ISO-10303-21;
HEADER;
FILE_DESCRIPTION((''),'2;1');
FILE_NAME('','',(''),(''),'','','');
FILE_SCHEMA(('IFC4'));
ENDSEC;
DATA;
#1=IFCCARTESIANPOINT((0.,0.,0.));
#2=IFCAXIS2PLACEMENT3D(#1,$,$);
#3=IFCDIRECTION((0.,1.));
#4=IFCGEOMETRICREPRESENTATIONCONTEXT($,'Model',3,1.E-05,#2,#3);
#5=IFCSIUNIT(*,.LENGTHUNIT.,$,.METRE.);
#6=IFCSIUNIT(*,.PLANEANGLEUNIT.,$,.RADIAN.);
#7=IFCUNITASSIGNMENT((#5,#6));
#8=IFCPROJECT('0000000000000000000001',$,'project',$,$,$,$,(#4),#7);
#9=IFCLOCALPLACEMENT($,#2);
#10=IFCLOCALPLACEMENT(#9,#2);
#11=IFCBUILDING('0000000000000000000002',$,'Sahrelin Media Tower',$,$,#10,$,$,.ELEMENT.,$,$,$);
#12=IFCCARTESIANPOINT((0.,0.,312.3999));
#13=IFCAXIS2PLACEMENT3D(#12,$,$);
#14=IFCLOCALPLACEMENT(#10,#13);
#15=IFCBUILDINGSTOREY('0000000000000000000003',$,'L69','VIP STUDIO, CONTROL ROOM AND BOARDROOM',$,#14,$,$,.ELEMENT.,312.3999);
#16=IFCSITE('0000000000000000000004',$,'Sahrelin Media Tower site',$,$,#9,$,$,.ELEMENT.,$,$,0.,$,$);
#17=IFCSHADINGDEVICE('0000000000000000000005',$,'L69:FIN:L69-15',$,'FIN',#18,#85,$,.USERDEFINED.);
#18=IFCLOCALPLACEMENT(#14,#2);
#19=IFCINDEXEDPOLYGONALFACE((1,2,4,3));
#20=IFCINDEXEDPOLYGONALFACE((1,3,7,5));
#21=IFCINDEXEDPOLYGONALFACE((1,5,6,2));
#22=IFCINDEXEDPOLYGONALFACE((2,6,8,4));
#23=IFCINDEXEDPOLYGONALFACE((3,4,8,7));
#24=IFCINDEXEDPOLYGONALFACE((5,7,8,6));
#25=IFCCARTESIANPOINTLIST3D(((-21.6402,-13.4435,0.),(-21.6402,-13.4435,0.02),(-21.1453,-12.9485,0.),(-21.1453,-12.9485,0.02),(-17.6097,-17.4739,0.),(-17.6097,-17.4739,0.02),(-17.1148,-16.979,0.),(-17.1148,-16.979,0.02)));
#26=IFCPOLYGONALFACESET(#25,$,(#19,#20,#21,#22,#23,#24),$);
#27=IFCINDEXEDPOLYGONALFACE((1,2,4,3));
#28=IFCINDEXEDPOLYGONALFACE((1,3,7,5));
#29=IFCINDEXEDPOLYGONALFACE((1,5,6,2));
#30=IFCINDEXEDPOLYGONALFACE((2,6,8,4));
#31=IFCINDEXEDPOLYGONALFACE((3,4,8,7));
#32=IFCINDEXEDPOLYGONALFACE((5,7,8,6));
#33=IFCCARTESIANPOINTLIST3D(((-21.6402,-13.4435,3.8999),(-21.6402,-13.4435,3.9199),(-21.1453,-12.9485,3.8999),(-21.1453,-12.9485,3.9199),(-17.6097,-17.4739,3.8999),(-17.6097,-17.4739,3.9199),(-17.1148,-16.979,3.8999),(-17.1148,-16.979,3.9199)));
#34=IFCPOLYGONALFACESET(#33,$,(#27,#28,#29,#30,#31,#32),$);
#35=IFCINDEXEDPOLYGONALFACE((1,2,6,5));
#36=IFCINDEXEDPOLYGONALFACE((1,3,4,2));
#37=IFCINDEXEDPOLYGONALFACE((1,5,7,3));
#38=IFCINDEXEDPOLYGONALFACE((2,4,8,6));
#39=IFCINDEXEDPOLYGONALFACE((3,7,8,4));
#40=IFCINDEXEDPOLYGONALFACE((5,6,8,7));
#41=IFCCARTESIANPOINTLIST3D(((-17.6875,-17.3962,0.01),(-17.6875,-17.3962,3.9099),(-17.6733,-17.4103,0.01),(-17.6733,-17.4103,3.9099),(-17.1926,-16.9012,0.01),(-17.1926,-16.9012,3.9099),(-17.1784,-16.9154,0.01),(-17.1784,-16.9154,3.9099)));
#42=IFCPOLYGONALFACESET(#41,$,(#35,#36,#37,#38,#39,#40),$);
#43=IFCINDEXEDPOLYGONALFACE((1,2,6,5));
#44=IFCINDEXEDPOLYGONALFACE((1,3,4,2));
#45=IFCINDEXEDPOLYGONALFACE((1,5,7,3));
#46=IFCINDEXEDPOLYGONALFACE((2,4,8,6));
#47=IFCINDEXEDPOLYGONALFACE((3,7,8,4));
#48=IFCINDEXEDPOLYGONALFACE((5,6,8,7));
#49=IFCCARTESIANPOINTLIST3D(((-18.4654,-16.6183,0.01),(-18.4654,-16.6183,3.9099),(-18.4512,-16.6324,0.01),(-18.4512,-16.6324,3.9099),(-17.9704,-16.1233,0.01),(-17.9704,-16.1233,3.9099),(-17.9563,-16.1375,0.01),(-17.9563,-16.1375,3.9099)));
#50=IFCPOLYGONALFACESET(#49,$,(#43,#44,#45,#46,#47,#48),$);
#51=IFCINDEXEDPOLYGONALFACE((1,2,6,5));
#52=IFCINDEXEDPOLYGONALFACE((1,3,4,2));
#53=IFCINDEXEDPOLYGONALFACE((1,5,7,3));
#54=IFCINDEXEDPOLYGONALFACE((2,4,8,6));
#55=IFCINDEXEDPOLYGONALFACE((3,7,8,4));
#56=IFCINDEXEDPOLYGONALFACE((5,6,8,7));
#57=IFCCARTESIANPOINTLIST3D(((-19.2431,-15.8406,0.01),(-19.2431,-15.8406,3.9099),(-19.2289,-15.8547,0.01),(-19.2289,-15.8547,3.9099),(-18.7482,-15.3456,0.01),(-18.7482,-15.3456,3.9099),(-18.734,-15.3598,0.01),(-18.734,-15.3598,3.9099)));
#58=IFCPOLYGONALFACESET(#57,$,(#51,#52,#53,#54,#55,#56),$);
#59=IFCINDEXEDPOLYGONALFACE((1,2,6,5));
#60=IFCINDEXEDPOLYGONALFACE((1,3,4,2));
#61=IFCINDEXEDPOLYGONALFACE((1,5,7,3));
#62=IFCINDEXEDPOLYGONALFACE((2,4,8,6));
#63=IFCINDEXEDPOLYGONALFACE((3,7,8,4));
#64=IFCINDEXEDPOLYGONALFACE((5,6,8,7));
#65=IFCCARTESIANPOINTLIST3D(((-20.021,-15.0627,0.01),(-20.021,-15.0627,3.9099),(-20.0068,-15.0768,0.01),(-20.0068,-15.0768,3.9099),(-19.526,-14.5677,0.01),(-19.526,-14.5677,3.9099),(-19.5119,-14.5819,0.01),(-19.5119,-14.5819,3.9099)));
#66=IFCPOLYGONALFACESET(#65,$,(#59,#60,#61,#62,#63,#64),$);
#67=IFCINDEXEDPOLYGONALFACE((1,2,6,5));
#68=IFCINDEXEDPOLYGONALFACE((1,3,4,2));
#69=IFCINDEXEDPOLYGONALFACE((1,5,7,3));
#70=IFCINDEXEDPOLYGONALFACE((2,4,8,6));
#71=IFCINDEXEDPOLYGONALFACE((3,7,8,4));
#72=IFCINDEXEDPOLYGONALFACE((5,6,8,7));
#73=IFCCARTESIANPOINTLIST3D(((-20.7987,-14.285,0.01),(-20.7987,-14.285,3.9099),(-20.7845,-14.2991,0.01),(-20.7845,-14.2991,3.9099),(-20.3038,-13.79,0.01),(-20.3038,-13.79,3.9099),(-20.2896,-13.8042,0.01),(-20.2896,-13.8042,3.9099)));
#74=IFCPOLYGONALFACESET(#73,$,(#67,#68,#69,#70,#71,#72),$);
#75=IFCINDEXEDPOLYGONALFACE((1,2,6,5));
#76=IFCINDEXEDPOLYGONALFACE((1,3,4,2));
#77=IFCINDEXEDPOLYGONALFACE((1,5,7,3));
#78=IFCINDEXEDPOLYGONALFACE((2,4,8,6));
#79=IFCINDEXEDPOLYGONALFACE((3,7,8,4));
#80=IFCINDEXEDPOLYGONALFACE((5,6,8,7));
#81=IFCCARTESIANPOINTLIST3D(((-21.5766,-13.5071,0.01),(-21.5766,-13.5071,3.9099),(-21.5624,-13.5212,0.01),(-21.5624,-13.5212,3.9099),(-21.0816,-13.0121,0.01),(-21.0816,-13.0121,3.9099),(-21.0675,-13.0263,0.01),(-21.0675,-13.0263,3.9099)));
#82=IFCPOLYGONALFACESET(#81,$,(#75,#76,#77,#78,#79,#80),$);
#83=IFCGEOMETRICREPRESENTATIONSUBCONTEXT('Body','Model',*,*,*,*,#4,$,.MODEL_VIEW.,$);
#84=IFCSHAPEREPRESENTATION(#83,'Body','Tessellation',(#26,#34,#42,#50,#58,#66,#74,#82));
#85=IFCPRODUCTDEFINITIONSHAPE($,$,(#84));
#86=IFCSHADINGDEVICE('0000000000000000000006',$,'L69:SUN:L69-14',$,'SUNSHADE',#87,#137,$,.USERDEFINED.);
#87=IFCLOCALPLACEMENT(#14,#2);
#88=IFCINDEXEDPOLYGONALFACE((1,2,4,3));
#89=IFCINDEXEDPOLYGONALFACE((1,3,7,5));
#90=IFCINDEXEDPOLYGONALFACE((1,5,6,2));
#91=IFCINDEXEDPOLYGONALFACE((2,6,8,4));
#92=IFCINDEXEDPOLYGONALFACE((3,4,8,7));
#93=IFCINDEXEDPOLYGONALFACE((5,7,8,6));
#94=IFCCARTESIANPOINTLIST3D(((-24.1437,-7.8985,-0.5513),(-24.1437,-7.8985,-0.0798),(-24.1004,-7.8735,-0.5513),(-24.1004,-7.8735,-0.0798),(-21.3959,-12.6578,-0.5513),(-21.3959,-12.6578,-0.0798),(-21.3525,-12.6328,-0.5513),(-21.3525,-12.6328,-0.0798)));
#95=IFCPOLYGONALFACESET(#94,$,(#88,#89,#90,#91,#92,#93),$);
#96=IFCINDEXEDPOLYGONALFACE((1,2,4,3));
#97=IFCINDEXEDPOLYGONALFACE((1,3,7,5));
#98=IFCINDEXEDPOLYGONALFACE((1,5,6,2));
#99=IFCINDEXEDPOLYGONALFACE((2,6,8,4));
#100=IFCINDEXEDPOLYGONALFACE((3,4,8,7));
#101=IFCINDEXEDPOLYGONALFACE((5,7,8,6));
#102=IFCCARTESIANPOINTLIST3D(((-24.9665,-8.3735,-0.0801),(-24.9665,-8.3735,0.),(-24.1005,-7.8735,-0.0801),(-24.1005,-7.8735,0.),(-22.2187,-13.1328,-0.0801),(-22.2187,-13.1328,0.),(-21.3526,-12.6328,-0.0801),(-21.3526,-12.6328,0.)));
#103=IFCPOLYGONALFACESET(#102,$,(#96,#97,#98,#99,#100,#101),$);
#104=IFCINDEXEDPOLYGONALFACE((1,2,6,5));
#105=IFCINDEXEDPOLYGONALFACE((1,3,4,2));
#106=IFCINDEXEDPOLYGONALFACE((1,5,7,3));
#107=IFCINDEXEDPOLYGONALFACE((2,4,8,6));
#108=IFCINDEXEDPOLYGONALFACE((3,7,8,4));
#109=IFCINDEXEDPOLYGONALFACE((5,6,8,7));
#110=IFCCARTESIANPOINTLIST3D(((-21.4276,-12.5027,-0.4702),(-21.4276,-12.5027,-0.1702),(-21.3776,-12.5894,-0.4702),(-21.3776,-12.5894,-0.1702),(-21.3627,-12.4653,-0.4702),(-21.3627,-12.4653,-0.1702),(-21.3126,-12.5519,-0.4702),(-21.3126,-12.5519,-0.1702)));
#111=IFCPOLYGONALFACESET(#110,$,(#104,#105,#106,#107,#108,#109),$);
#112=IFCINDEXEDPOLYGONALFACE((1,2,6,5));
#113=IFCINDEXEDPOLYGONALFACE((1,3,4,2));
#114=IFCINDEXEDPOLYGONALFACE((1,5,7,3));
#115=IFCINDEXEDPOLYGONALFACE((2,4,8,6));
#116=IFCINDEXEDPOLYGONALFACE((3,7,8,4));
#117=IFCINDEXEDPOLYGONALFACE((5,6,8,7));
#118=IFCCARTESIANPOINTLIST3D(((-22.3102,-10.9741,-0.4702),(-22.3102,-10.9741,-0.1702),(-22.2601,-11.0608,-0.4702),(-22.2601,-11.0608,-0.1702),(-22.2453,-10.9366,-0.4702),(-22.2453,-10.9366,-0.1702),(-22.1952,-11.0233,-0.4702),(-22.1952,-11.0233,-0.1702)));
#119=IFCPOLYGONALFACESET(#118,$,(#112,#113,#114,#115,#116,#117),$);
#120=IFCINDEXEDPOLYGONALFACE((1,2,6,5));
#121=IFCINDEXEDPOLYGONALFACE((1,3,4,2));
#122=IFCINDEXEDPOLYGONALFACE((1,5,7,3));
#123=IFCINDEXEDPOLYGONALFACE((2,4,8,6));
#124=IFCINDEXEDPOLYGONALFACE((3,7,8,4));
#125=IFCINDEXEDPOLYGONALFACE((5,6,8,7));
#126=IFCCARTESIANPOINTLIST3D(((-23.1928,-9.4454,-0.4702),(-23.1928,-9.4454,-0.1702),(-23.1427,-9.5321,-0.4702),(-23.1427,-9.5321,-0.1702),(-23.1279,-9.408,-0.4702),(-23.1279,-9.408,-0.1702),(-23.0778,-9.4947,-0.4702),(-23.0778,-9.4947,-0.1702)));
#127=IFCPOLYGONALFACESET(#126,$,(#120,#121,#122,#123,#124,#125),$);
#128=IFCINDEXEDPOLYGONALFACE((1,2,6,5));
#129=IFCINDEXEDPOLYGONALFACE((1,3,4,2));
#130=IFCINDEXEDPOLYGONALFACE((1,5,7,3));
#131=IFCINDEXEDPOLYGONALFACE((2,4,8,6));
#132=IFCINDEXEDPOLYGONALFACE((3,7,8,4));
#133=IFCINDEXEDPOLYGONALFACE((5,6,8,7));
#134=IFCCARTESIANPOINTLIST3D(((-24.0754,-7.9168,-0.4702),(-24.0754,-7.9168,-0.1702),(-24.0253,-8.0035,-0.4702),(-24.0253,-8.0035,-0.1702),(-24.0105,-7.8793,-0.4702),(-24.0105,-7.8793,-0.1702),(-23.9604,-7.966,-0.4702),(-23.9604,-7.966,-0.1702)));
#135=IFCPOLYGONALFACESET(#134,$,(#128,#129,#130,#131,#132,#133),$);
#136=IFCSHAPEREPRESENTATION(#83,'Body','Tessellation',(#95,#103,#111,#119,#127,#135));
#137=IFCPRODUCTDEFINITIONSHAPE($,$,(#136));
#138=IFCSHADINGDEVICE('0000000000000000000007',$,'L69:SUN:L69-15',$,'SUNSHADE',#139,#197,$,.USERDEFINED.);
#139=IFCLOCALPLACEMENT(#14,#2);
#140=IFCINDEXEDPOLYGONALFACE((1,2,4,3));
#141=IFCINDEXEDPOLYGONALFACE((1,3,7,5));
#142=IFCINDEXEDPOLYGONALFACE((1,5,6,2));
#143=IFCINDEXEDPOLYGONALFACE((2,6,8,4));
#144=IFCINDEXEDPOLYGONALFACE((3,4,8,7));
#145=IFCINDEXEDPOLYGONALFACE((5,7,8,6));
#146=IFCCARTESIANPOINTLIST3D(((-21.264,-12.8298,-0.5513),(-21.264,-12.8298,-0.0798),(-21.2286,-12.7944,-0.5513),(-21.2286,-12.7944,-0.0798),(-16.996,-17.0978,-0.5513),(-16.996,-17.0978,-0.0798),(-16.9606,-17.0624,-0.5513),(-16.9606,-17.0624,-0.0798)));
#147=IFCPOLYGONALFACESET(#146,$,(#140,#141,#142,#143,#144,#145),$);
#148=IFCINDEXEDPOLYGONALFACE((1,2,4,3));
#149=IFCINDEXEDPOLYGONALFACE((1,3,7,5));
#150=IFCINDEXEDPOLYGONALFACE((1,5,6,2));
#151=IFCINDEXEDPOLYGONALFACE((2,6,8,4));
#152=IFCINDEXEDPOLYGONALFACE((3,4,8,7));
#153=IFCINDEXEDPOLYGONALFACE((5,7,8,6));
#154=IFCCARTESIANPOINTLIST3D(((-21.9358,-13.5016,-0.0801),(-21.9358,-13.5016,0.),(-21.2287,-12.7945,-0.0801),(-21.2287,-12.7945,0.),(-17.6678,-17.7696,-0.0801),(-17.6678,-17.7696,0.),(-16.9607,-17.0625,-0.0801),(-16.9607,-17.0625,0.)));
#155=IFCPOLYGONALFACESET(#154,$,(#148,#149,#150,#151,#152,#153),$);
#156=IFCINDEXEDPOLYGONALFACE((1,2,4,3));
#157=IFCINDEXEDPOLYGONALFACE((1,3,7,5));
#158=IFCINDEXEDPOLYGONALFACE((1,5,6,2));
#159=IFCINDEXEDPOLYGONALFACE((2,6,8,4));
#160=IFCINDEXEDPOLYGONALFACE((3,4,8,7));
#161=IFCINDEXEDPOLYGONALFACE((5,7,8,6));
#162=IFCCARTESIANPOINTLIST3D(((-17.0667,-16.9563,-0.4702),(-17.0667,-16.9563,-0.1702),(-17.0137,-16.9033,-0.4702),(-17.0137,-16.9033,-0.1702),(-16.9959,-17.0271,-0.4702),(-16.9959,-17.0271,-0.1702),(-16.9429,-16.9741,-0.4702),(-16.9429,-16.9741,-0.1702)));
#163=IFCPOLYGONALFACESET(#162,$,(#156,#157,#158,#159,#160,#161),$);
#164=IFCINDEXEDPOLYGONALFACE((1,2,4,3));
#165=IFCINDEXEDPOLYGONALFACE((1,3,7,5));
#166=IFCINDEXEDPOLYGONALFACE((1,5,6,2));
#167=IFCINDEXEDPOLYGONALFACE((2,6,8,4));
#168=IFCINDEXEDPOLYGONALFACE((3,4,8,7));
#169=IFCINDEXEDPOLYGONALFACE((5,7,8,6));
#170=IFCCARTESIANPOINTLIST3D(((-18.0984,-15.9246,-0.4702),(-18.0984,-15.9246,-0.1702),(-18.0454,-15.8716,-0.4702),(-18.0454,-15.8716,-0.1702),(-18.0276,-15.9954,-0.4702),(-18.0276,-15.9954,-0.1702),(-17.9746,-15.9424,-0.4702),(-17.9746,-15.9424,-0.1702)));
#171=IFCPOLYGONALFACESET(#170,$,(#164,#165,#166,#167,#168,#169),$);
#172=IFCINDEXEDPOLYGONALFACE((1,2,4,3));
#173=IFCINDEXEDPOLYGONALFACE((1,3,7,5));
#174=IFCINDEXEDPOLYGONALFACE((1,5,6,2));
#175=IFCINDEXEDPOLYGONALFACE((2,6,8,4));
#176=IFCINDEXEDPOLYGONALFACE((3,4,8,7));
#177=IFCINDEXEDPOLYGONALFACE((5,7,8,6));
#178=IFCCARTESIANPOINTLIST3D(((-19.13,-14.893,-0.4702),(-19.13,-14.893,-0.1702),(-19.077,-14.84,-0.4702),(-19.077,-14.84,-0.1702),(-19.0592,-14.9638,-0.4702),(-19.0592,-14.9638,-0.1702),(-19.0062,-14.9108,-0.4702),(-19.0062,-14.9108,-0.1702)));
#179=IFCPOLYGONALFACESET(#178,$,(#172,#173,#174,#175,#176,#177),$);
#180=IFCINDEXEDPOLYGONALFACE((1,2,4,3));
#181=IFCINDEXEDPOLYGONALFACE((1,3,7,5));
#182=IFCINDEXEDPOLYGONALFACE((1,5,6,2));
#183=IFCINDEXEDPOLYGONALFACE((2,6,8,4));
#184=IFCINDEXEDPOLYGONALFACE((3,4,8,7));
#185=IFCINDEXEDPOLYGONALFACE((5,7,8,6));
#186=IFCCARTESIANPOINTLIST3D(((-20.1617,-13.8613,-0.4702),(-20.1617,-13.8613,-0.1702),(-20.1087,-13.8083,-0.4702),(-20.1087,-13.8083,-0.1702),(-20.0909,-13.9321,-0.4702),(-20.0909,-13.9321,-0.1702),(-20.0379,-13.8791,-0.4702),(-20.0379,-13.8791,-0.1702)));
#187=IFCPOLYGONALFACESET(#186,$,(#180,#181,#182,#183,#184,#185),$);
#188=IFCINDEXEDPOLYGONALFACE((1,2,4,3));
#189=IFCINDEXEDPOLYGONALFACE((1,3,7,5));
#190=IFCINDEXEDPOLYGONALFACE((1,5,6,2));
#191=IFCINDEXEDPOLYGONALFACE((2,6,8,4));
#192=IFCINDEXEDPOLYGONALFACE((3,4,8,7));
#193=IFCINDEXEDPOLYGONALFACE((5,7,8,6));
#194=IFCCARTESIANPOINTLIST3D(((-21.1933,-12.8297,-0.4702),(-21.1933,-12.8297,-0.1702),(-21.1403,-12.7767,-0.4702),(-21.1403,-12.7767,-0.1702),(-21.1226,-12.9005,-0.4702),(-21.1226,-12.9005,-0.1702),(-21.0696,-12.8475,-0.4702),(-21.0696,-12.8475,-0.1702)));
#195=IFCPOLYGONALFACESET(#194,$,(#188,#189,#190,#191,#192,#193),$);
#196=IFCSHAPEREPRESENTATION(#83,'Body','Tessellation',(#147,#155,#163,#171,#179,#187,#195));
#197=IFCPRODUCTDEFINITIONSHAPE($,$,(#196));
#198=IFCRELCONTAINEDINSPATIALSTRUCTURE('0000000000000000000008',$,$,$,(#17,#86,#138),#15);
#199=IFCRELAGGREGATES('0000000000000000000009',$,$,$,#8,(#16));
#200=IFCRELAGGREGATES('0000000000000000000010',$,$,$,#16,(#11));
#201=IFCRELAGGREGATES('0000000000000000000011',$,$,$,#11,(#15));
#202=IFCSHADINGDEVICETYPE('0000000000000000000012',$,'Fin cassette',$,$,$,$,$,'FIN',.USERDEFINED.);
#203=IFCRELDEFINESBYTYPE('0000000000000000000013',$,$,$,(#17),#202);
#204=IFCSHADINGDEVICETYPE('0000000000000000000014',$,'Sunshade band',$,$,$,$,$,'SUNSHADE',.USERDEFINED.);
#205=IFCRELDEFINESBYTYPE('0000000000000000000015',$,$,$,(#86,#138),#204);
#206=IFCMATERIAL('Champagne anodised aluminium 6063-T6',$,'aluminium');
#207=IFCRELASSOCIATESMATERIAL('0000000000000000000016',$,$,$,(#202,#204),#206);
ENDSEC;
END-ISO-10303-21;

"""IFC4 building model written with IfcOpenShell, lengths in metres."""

from ifc_helpers import new_model, si_unit, direction, frame, origin, origin_2d, place, context, subcontext, project, spatial, rectangle, extrude, material, type_object, element, save


model = new_model("IFC4")

# Units and contexts
model_context = context("Model", 3, precision=1e-05, world=origin(), true_north=direction((0.0, 1.0)))
body_context = subcontext(model_context, "Body", "Model", "MODEL_VIEW")
ifc_project = project(units=[si_unit("LENGTHUNIT", "METRE"), si_unit("PLANEANGLEUNIT", "RADIAN")], contexts=[model_context])

# Site, building, storey
site_placement = place(None, origin())
site = spatial("IfcSite", under=ifc_project, at=site_placement, Name="Sahrelin Media Tower site", CompositionType="ELEMENT", RefElevation=0.0)
building_placement = place(site_placement, origin())
building = spatial("IfcBuilding", under=site, at=building_placement, Name="Sahrelin Media Tower", CompositionType="ELEMENT")
storey_placement = place(building_placement, frame((0.0, 0.0, 312.3999)))
storey = spatial("IfcBuildingStorey", under=building, at=storey_placement, Name="L69", Description="VIP STUDIO, CONTROL ROOM AND BOARDROOM", CompositionType="ELEMENT", Elevation=312.3999)

# Shared definitions
ifc_material_1 = material(Name="Champagne anodised aluminium 6063-T6", Category="aluminium")

# Shading devices
shading_device_type_1 = type_object("IfcShadingDeviceType", Name="Fin cassette", ElementType="FIN", PredefinedType="USERDEFINED", material=ifc_material_1)
placement_1 = place(storey_placement, frame((-22.7092, -10.2432, 0.0), z_axis=(0.0, 0.0, 1.0), x_axis=(-0.500011, 0.866019, 0.0)))
placement_2 = place(storey_placement, frame((-19.0806, -14.9143, 0.0), z_axis=(0.0, 0.0, 1.0), x_axis=(-0.707107, 0.707107, 0.0)))
element("IfcShadingDevice", 1, at=placement_2, inside=storey, type_object=shading_device_type_1, Name="L69:FIN:L69-15", ObjectType="FIN", PredefinedType="USERDEFINED", context=body_context, shape_type="SweptSolid", body=[
    extrude(rectangle(XDim=5.7, YDim=0.7, at=origin_2d()), frame((0.0, 0.4199, 0.0)), (0.0, 0.0, 1.0), 0.02),
    extrude(rectangle(XDim=5.7, YDim=0.7, at=origin_2d()), frame((0.0, 0.4199, 3.8999)), (0.0, 0.0, 1.0), 0.02),
    extrude(rectangle(XDim=0.02, YDim=0.7, at=origin_2d()), frame((-2.75, 0.4199, 0.01), z_axis=(0.0, 0.0, 1.0), x_axis=(1.0, 0.0, 0.0)), (0.0, 0.0, 1.0), 3.8999),
    extrude(rectangle(XDim=0.02, YDim=0.7, at=origin_2d()), frame((-1.6499, 0.4199, 0.01), z_axis=(0.0, 0.0, 1.0), x_axis=(1.0, 0.0, 0.0)), (0.0, 0.0, 1.0), 3.8999),
    extrude(rectangle(XDim=0.02, YDim=0.7, at=origin_2d()), frame((-0.55, 0.4199, 0.01), z_axis=(0.0, 0.0, 1.0), x_axis=(1.0, 0.0, 0.0)), (0.0, 0.0, 1.0), 3.8999),
    extrude(rectangle(XDim=0.02, YDim=0.7, at=origin_2d()), frame((0.55, 0.4199, 0.01), z_axis=(0.0, 0.0, 1.0), x_axis=(1.0, 0.0, 0.0)), (0.0, 0.0, 1.0), 3.8999),
    extrude(rectangle(XDim=0.02, YDim=0.7, at=origin_2d()), frame((1.6499, 0.4199, 0.01), z_axis=(0.0, 0.0, 1.0), x_axis=(1.0, 0.0, 0.0)), (0.0, 0.0, 1.0), 3.8999),
    extrude(rectangle(XDim=0.02, YDim=0.7, at=origin_2d()), frame((2.75, 0.4199, 0.01), z_axis=(0.0, 0.0, 1.0), x_axis=(1.0, 0.0, 0.0)), (0.0, 0.0, 1.0), 3.8999),
])
shading_device_type_2 = type_object("IfcShadingDeviceType", Name="Sunshade band", ElementType="SUNSHADE", PredefinedType="USERDEFINED", material=ifc_material_1)
element("IfcShadingDevice", 2, at=placement_1, inside=storey, type_object=shading_device_type_2, Name="L69:SUN:L69-14", ObjectType="SUNSHADE", PredefinedType="USERDEFINED", context=body_context, shape_type="SweptSolid", body=[
    extrude(rectangle(XDim=5.4956, YDim=0.05, at=origin_2d()), frame((0.0, 0.0449, -0.5513)), (0.0, 0.0, 1.0), 0.4714),
    extrude(rectangle(XDim=5.4956, YDim=1.0, at=origin_2d()), frame((0.0, 0.52, -0.0801)), (0.0, 0.0, 1.0), 0.0801),
    extrude(rectangle(XDim=0.1001, YDim=0.075, at=origin_2d()), frame((-2.6477, -0.0176, -0.4702)), (0.0, 0.0, 1.0), 0.3),
    extrude(rectangle(XDim=0.1001, YDim=0.075, at=origin_2d()), frame((-0.8826, -0.0176, -0.4702)), (0.0, 0.0, 1.0), 0.3),
    extrude(rectangle(XDim=0.1001, YDim=0.075, at=origin_2d()), frame((0.8826, -0.0176, -0.4702)), (0.0, 0.0, 1.0), 0.3),
    extrude(rectangle(XDim=0.1001, YDim=0.075, at=origin_2d()), frame((2.6477, -0.0176, -0.4702)), (0.0, 0.0, 1.0), 0.3),
])
element("IfcShadingDevice", 3, at=placement_2, inside=storey, type_object=shading_device_type_2, Name="L69:SUN:L69-15", ObjectType="SUNSHADE", PredefinedType="USERDEFINED", context=body_context, shape_type="SweptSolid", body=[
    extrude(rectangle(XDim=6.0359, YDim=0.05, at=origin_2d()), frame((0.0, 0.0449, -0.5513)), (0.0, 0.0, 1.0), 0.4714),
    extrude(rectangle(XDim=6.0359, YDim=1.0, at=origin_2d()), frame((0.0, 0.52, -0.0801)), (0.0, 0.0, 1.0), 0.0801),
    extrude(rectangle(XDim=0.1001, YDim=0.075, at=origin_2d()), frame((-2.918, -0.0176, -0.4702)), (0.0, 0.0, 1.0), 0.3),
    extrude(rectangle(XDim=0.1001, YDim=0.075, at=origin_2d()), frame((-1.459, -0.0176, -0.4702)), (0.0, 0.0, 1.0), 0.3),
    extrude(rectangle(XDim=0.1001, YDim=0.075, at=origin_2d()), frame((0.0, -0.0176, -0.4702)), (0.0, 0.0, 1.0), 0.3),
    extrude(rectangle(XDim=0.1001, YDim=0.075, at=origin_2d()), frame((1.459, -0.0176, -0.4702)), (0.0, 0.0, 1.0), 0.3),
    extrude(rectangle(XDim=0.1001, YDim=0.075, at=origin_2d()), frame((2.918, -0.0176, -0.4702)), (0.0, 0.0, 1.0), 0.3),
])

save(model, "model.ifc")
